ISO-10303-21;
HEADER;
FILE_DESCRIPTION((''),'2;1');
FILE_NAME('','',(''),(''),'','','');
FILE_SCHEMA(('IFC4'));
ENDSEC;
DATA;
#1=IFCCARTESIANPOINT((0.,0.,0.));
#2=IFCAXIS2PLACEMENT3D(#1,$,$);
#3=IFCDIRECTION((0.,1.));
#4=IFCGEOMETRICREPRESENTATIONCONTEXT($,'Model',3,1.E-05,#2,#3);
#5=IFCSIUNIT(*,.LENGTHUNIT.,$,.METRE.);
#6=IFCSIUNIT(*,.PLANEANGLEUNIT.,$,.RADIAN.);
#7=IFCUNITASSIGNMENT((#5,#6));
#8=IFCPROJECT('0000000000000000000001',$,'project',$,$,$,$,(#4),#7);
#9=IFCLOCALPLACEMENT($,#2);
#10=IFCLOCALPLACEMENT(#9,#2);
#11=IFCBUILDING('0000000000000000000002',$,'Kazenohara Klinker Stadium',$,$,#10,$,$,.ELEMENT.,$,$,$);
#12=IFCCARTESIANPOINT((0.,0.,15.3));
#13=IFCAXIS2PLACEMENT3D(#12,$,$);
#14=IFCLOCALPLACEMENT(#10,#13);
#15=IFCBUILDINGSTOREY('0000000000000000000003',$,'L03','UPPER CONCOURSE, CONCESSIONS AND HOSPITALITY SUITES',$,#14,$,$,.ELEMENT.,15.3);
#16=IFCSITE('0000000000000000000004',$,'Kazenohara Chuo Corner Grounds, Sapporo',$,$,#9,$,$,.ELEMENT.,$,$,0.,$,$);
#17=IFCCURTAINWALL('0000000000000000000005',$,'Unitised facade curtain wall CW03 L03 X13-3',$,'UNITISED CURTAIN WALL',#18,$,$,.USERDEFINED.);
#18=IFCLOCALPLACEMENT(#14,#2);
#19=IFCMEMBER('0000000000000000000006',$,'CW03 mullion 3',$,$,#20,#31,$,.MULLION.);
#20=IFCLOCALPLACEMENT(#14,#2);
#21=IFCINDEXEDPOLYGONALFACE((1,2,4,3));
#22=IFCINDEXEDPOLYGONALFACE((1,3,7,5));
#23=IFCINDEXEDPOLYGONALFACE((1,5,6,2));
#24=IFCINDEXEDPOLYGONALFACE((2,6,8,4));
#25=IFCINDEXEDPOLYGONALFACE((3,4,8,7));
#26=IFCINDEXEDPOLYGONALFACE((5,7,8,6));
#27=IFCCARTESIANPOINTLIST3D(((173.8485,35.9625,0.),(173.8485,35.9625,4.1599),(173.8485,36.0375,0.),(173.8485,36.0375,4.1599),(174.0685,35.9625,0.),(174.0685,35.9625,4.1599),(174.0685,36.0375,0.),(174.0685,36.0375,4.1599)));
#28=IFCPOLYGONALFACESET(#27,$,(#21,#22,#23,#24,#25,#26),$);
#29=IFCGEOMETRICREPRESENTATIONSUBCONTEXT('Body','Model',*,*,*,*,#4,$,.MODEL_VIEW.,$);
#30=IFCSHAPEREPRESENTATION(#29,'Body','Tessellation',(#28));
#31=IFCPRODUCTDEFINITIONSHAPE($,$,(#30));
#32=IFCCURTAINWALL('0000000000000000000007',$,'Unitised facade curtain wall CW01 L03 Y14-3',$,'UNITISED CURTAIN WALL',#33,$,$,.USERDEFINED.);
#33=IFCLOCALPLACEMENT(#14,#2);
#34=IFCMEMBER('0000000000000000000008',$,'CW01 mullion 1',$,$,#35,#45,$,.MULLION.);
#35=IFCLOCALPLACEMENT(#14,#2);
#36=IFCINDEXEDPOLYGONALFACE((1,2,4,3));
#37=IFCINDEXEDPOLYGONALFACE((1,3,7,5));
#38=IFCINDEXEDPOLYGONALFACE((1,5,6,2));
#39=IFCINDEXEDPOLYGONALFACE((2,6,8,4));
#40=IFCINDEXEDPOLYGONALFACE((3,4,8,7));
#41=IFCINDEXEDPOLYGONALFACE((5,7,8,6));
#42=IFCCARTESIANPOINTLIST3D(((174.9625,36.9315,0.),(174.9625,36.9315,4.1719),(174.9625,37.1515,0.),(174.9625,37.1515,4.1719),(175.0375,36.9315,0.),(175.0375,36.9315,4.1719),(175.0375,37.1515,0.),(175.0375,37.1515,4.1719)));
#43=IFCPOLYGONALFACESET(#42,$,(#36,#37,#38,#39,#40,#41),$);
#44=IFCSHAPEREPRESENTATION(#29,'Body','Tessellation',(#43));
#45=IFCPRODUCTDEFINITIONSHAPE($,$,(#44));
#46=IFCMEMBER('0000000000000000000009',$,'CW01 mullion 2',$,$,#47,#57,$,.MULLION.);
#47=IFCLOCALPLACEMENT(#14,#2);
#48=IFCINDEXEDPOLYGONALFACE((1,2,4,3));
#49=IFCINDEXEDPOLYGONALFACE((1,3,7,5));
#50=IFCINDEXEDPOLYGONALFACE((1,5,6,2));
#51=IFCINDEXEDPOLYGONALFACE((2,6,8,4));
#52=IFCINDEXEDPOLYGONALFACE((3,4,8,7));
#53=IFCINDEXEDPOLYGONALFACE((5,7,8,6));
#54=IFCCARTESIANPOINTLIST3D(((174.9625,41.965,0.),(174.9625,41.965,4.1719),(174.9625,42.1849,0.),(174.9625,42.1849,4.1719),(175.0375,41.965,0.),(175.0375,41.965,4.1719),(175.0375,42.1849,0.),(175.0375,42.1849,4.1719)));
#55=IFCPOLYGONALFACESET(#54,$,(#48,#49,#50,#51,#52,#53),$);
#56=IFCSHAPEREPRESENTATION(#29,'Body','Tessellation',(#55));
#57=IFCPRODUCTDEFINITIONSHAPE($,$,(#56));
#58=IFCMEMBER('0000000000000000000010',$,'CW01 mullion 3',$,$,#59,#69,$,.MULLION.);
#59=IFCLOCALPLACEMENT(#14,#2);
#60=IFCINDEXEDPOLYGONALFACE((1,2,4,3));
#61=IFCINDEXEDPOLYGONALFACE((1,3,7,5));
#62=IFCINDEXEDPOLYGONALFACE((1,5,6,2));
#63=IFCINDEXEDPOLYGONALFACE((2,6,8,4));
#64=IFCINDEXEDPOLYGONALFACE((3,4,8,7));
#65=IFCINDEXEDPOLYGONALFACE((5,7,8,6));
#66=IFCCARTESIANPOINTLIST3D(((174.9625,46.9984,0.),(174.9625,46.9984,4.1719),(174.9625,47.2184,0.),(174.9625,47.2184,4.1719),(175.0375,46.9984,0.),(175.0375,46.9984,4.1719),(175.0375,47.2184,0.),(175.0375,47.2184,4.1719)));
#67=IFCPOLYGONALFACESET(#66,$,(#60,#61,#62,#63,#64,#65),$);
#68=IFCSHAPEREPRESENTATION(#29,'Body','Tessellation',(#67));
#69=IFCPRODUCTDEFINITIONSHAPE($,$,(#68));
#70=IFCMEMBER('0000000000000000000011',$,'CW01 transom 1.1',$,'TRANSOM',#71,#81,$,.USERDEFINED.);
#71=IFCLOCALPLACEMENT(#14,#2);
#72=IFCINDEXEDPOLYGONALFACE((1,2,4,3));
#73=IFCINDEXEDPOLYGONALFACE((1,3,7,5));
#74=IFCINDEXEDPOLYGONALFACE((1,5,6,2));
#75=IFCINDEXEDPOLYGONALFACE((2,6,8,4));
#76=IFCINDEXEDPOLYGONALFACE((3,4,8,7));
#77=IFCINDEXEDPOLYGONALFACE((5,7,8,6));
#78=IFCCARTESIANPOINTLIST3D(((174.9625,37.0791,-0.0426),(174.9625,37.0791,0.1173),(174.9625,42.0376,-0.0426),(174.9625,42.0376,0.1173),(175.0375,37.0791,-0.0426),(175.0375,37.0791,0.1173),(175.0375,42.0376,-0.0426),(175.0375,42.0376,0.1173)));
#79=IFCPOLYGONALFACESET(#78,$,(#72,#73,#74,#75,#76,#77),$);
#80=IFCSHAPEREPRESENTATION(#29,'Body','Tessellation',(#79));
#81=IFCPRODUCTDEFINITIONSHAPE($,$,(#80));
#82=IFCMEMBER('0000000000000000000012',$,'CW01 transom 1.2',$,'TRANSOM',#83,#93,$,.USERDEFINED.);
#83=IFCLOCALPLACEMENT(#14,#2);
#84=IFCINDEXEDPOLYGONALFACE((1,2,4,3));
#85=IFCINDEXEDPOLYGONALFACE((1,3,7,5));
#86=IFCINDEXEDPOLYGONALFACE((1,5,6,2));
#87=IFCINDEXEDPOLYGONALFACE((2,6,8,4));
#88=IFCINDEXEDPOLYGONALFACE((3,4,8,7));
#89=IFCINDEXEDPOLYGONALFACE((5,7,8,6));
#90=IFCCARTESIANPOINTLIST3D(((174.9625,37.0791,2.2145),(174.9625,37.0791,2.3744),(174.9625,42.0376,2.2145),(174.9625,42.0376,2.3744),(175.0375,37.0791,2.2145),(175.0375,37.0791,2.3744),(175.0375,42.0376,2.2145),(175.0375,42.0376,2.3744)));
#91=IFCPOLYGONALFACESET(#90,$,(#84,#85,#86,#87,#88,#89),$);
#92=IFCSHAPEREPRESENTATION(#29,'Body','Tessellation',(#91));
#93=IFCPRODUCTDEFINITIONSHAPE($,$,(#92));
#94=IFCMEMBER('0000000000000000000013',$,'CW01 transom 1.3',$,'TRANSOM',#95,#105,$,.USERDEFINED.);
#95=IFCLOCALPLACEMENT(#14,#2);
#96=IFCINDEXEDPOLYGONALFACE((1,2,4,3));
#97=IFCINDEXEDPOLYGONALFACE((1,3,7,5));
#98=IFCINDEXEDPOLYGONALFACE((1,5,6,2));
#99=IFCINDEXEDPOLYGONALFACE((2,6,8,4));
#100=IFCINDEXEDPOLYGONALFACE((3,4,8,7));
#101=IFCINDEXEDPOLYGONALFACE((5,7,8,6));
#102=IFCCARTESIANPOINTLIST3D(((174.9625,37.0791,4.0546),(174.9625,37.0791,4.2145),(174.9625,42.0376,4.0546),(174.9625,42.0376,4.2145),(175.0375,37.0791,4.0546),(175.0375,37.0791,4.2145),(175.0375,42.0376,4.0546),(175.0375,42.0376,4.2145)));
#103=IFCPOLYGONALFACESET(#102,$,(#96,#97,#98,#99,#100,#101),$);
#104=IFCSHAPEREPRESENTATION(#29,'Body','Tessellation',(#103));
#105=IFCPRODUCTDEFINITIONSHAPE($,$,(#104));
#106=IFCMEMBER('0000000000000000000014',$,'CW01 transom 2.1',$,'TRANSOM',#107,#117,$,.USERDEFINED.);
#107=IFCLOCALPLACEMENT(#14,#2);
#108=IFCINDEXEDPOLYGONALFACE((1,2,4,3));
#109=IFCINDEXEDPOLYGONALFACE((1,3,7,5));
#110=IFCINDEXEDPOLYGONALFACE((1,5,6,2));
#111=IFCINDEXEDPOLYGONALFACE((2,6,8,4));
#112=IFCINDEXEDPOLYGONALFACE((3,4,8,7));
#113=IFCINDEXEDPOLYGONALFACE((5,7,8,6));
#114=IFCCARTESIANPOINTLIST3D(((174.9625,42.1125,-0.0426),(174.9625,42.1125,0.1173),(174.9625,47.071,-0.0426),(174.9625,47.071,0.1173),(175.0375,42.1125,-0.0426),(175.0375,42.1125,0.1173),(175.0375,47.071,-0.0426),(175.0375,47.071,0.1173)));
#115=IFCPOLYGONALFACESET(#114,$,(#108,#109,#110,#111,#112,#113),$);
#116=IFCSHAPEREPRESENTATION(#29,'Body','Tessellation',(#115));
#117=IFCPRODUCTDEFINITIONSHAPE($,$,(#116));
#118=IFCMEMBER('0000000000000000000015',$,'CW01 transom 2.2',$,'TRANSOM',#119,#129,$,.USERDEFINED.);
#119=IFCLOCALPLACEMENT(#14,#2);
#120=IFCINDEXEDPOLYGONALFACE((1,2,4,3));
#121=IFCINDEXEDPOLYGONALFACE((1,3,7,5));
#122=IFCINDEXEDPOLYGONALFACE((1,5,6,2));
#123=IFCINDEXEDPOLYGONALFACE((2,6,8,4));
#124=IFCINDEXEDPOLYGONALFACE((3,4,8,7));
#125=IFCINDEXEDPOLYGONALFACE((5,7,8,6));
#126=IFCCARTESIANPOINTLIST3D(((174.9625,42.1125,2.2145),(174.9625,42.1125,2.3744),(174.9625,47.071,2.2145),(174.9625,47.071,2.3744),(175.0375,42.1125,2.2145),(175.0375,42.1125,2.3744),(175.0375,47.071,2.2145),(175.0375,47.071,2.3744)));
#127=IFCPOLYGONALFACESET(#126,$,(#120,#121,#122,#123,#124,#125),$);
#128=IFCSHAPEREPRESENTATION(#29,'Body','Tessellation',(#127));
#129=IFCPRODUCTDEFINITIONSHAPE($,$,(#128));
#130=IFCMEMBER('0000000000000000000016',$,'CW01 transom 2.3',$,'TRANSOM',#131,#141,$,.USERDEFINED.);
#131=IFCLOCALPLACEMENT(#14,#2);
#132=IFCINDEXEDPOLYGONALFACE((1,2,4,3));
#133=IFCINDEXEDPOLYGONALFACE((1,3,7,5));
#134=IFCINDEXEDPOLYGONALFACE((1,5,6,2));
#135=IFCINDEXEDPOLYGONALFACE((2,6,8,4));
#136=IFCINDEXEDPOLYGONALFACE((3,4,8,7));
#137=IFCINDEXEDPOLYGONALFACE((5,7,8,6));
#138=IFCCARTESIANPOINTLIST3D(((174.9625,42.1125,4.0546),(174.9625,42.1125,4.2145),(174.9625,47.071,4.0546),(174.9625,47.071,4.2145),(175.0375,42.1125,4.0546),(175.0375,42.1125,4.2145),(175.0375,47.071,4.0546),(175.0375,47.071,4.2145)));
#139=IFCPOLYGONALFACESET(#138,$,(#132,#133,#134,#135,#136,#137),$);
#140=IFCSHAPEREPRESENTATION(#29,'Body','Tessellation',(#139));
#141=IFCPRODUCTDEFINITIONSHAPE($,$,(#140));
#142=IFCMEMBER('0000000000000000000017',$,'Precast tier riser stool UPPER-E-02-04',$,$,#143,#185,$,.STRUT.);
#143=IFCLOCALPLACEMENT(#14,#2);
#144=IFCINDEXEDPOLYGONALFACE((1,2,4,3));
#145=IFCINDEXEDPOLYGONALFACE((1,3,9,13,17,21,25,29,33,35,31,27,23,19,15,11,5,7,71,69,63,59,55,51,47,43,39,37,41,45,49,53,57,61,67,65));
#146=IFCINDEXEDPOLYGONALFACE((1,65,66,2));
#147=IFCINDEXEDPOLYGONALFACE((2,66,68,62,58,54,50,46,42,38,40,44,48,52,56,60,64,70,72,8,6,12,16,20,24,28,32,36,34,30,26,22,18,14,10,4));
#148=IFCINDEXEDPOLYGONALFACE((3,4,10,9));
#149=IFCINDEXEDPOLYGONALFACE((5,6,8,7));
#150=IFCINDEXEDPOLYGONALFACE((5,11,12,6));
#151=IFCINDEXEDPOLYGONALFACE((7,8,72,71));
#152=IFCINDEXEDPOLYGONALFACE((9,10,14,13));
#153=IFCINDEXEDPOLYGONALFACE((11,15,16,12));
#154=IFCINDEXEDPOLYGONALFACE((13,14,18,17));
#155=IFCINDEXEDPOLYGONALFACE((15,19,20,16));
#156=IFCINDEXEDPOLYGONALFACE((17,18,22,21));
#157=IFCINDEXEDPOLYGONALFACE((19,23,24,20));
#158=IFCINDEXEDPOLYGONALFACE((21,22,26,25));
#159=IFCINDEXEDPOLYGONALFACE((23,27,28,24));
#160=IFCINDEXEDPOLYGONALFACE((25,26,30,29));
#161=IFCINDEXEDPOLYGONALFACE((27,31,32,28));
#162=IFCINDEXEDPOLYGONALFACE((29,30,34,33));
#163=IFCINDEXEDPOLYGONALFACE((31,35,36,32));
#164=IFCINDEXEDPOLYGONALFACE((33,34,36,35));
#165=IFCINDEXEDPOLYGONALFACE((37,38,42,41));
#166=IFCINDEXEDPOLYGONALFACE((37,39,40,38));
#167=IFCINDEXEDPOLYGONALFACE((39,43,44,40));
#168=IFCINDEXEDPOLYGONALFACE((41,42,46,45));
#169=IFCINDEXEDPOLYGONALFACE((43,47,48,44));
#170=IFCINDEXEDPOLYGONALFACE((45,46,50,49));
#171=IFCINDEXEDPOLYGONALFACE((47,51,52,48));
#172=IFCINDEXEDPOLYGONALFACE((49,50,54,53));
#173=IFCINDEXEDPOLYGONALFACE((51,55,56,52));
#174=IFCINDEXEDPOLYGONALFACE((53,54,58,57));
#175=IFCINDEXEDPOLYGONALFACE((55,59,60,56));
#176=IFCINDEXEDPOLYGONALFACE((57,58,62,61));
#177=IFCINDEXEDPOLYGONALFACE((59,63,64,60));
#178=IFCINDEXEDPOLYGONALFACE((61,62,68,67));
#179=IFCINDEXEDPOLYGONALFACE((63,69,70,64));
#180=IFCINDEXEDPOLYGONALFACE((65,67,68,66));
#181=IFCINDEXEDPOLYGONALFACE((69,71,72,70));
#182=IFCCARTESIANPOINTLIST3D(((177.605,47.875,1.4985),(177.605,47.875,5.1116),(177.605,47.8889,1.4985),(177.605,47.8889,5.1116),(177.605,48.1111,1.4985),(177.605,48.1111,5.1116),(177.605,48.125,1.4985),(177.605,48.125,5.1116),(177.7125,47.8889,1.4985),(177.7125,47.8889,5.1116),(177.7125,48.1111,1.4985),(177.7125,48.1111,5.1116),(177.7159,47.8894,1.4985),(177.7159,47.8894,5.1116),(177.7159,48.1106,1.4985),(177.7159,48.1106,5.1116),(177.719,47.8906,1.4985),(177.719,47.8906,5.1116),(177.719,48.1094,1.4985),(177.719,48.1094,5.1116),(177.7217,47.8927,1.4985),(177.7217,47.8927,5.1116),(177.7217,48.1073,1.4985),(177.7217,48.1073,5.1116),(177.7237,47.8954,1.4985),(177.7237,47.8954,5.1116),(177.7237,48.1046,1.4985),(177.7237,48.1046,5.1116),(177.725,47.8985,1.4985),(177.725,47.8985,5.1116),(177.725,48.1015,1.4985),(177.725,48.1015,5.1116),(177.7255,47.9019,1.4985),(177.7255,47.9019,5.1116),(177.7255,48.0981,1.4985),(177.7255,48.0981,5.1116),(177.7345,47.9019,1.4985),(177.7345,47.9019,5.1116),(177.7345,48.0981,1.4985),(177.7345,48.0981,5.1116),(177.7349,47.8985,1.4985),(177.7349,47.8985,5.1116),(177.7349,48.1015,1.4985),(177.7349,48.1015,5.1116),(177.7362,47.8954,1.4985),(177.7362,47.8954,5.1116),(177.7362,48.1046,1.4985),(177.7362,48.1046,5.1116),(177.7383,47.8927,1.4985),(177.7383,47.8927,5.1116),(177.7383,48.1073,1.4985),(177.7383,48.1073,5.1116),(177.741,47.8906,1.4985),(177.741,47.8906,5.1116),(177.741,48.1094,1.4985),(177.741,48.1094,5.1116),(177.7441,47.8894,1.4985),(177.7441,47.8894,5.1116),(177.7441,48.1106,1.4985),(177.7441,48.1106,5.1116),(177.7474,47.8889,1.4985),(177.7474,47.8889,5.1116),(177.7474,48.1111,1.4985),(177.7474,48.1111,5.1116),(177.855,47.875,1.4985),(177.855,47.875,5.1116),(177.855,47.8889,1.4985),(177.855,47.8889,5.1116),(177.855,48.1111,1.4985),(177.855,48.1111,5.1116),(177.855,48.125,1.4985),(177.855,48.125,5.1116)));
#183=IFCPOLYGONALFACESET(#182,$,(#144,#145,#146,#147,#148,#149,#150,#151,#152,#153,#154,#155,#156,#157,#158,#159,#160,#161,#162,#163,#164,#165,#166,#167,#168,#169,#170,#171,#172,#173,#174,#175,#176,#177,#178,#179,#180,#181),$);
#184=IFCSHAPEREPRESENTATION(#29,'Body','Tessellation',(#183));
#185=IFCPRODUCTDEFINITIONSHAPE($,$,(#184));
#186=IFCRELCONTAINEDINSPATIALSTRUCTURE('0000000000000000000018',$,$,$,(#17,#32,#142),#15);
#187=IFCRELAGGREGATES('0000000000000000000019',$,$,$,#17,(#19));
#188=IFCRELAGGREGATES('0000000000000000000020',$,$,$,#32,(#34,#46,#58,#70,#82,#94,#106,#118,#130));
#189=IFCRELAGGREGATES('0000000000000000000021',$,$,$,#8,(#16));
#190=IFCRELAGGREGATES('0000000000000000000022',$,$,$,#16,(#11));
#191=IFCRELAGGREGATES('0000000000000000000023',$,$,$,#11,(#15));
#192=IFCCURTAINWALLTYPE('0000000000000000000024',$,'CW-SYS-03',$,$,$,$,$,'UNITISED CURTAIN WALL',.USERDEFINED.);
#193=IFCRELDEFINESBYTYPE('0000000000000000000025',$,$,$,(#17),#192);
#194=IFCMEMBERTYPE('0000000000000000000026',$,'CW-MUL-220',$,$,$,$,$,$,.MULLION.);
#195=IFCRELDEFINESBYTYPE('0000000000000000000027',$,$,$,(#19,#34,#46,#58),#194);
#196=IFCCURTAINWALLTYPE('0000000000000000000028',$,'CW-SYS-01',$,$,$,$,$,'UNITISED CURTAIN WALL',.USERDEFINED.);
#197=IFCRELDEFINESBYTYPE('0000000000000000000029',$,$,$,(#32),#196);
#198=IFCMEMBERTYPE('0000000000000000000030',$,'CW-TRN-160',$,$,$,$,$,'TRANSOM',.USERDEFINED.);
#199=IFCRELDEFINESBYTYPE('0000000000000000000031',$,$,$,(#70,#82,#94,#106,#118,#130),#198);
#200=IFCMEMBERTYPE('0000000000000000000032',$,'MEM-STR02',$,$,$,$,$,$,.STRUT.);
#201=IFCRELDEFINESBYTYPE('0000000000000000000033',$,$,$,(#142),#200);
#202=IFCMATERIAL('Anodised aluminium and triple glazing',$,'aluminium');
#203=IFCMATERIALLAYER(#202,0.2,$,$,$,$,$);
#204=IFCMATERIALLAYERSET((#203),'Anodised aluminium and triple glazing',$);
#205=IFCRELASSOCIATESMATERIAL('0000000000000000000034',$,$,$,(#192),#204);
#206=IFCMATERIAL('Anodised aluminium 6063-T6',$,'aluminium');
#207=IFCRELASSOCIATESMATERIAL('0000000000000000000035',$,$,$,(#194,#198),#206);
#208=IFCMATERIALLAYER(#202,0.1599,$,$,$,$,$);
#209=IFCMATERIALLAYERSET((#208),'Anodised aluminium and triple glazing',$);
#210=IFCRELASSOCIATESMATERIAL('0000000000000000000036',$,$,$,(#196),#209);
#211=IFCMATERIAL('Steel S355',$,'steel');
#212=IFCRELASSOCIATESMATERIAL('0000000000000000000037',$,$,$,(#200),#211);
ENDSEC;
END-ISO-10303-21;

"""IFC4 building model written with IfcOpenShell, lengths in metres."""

from ifc_helpers import new_model, si_unit, direction, frame, origin, origin_2d, place, context, subcontext, project, spatial, rectangle, i_section, extrude, material, layer, layer_set, material_profile, profile_set, type_object, element, aggregate, save


model = new_model("IFC4")

# Units and contexts
model_context = context("Model", 3, precision=1e-05, world=origin(), true_north=direction((0.0, 1.0)))
body_context = subcontext(model_context, "Body", "Model", "MODEL_VIEW")
ifc_project = project(units=[si_unit("LENGTHUNIT", "METRE"), si_unit("PLANEANGLEUNIT", "RADIAN")], contexts=[model_context])

# Site, building, storey
site_placement = place(None, origin())
site = spatial("IfcSite", under=ifc_project, at=site_placement, Name="Kazenohara Chuo Corner Grounds, Sapporo", CompositionType="ELEMENT", RefElevation=0.0)
building_placement = place(site_placement, origin())
building = spatial("IfcBuilding", under=site, at=building_placement, Name="Kazenohara Klinker Stadium", CompositionType="ELEMENT")
storey_placement = place(building_placement, frame((0.0, 0.0, 15.3)))
storey = spatial("IfcBuildingStorey", under=building, at=storey_placement, Name="L03", Description="UPPER CONCOURSE, CONCESSIONS AND HOSPITALITY SUITES", CompositionType="ELEMENT", Elevation=15.3)

# Shared definitions
ifc_material_1 = material(Name="Steel S355", Category="steel")

# Curtain wall, member
ifc_material_2 = material(Name="Anodised aluminium and triple glazing", Category="aluminium")
ifc_layer_1 = layer(ifc_material_2, 0.2)
ifc_layer_set_1 = layer_set([ifc_layer_1], Name="Anodised aluminium and triple glazing")
curtain_wall_type_1 = type_object("IfcCurtainWallType", Name="CW-SYS-03", ElementType="UNITISED CURTAIN WALL", PredefinedType="USERDEFINED", material=ifc_layer_set_1)
curtain_wall_1_placement = place(storey_placement, origin())
curtain_wall_1 = element("IfcCurtainWall", 1, at=curtain_wall_1_placement, inside=storey, type_object=curtain_wall_type_1, Name="Unitised facade curtain wall CW03 L03 X13-3", ObjectType="UNITISED CURTAIN WALL", PredefinedType="USERDEFINED")
ifc_material_3 = material(Name="Anodised aluminium 6063-T6", Category="aluminium")
ifc_material_profile_1 = material_profile(ifc_material_3, rectangle(XDim=0.075, YDim=0.22, at=origin_2d()), Name="ALU-MUL-75x220")
ifc_profile_set_1 = profile_set([ifc_material_profile_1], Name="Anodised aluminium 6063-T6")
member_type_1 = type_object("IfcMemberType", Name="CW-MUL-220", PredefinedType="MULLION", material=ifc_profile_set_1)
member_1_placement = place(storey_placement, frame((173.9585, 36.0, 0.0), z_axis=(0.0, 0.0, 1.0), x_axis=(0.0, 1.0, 0.0)))
member_1 = element("IfcMember", 2, at=member_1_placement, type_object=member_type_1, Name="CW03 mullion 3", PredefinedType="MULLION", context=body_context, shape_type="SweptSolid", body=[
    extrude(rectangle(XDim=0.075, YDim=0.22, at=origin_2d()), origin(), (0.0, 0.0, 1.0), 4.1599),
])
aggregate(curtain_wall_1, [member_1])

# Curtain wall, members
ifc_layer_2 = layer(ifc_material_2, 0.1599)
ifc_layer_set_2 = layer_set([ifc_layer_2], Name="Anodised aluminium and triple glazing")
curtain_wall_type_2 = type_object("IfcCurtainWallType", Name="CW-SYS-01", ElementType="UNITISED CURTAIN WALL", PredefinedType="USERDEFINED", material=ifc_layer_set_2)
curtain_wall_2_placement = place(storey_placement, origin())
curtain_wall_2 = element("IfcCurtainWall", 3, at=curtain_wall_2_placement, inside=storey, type_object=curtain_wall_type_2, Name="Unitised facade curtain wall CW01 L03 Y14-3", ObjectType="UNITISED CURTAIN WALL", PredefinedType="USERDEFINED")
member_2_placement = place(storey_placement, frame((175.0, 37.0415, 0.0), z_axis=(0.0, 0.0, 1.0), x_axis=(-1.0, 0.0, 0.0)))
member_2 = element("IfcMember", 4, at=member_2_placement, type_object=member_type_1, Name="CW01 mullion 1", PredefinedType="MULLION", context=body_context, shape_type="SweptSolid", body=[
    extrude(rectangle(XDim=0.075, YDim=0.22, at=origin_2d()), origin(), (0.0, 0.0, 1.0), 4.1719),
])
member_3_placement = place(storey_placement, frame((175.0, 42.075, 0.0), z_axis=(0.0, 0.0, 1.0), x_axis=(-1.0, 0.0, 0.0)))
member_3 = element("IfcMember", 5, at=member_3_placement, type_object=member_type_1, Name="CW01 mullion 2", PredefinedType="MULLION", context=body_context, shape_type="SweptSolid", body=[
    extrude(rectangle(XDim=0.075, YDim=0.22, at=origin_2d()), origin(), (0.0, 0.0, 1.0), 4.1719),
])
member_4_placement = place(storey_placement, frame((175.0, 47.1084, 0.0), z_axis=(0.0, 0.0, 1.0), x_axis=(-1.0, 0.0, 0.0)))
member_4 = element("IfcMember", 6, at=member_4_placement, type_object=member_type_1, Name="CW01 mullion 3", PredefinedType="MULLION", context=body_context, shape_type="SweptSolid", body=[
    extrude(rectangle(XDim=0.075, YDim=0.22, at=origin_2d()), origin(), (0.0, 0.0, 1.0), 4.1719),
])
ifc_material_profile_2 = material_profile(ifc_material_3, rectangle(XDim=0.075, YDim=0.1599, at=origin_2d()), Name="ALU-TRN-75x160")
ifc_profile_set_2 = profile_set([ifc_material_profile_2], Name="Anodised aluminium 6063-T6")
member_type_2 = type_object("IfcMemberType", Name="CW-TRN-160", ElementType="TRANSOM", PredefinedType="USERDEFINED", material=ifc_profile_set_2)
member_5_placement = place(storey_placement, frame((175.0, 37.0791, 0.0374), z_axis=(0.0, 1.0, 0.0), x_axis=(-1.0, 0.0, 0.0)))
member_5 = element("IfcMember", 7, at=member_5_placement, type_object=member_type_2, Name="CW01 transom 1.1", ObjectType="TRANSOM", PredefinedType="USERDEFINED", context=body_context, shape_type="SweptSolid", body=[
    extrude(rectangle(XDim=0.075, YDim=0.1599, at=origin_2d()), origin(), (0.0, 0.0, 1.0), 4.9585),
])
member_6_placement = place(storey_placement, frame((175.0, 37.0791, 2.2944), z_axis=(0.0, 1.0, 0.0), x_axis=(-1.0, 0.0, 0.0)))
member_6 = element("IfcMember", 8, at=member_6_placement, type_object=member_type_2, Name="CW01 transom 1.2", ObjectType="TRANSOM", PredefinedType="USERDEFINED", context=body_context, shape_type="SweptSolid", body=[
    extrude(rectangle(XDim=0.075, YDim=0.1599, at=origin_2d()), origin(), (0.0, 0.0, 1.0), 4.9585),
])
member_7_placement = place(storey_placement, frame((175.0, 37.0791, 4.1345), z_axis=(0.0, 1.0, 0.0), x_axis=(-1.0, 0.0, 0.0)))
member_7 = element("IfcMember", 9, at=member_7_placement, type_object=member_type_2, Name="CW01 transom 1.3", ObjectType="TRANSOM", PredefinedType="USERDEFINED", context=body_context, shape_type="SweptSolid", body=[
    extrude(rectangle(XDim=0.075, YDim=0.1599, at=origin_2d()), origin(), (0.0, 0.0, 1.0), 4.9585),
])
member_8_placement = place(storey_placement, frame((175.0, 42.1125, 0.0374), z_axis=(0.0, 1.0, 0.0), x_axis=(-1.0, 0.0, 0.0)))
member_8 = element("IfcMember", 10, at=member_8_placement, type_object=member_type_2, Name="CW01 transom 2.1", ObjectType="TRANSOM", PredefinedType="USERDEFINED", context=body_context, shape_type="SweptSolid", body=[
    extrude(rectangle(XDim=0.075, YDim=0.1599, at=origin_2d()), origin(), (0.0, 0.0, 1.0), 4.9585),
])
member_9_placement = place(storey_placement, frame((175.0, 42.1125, 2.2944), z_axis=(0.0, 1.0, 0.0), x_axis=(-1.0, 0.0, 0.0)))
member_9 = element("IfcMember", 11, at=member_9_placement, type_object=member_type_2, Name="CW01 transom 2.2", ObjectType="TRANSOM", PredefinedType="USERDEFINED", context=body_context, shape_type="SweptSolid", body=[
    extrude(rectangle(XDim=0.075, YDim=0.1599, at=origin_2d()), origin(), (0.0, 0.0, 1.0), 4.9585),
])
member_10_placement = place(storey_placement, frame((175.0, 42.1125, 4.1345), z_axis=(0.0, 1.0, 0.0), x_axis=(-1.0, 0.0, 0.0)))
member_10 = element("IfcMember", 12, at=member_10_placement, type_object=member_type_2, Name="CW01 transom 2.3", ObjectType="TRANSOM", PredefinedType="USERDEFINED", context=body_context, shape_type="SweptSolid", body=[
    extrude(rectangle(XDim=0.075, YDim=0.1599, at=origin_2d()), origin(), (0.0, 0.0, 1.0), 4.9585),
])

# Member
ifc_material_profile_3 = material_profile(ifc_material_1, i_section(OverallWidth=0.25, OverallDepth=0.25, WebThickness=0.009, FlangeThickness=0.0139, FilletRadius=0.0129, at=origin_2d()), Name="H-250x250x9x14")
ifc_profile_set_3 = profile_set([ifc_material_profile_3], Name="Steel S355")
member_type_3 = type_object("IfcMemberType", Name="MEM-STR02", PredefinedType="STRUT", material=ifc_profile_set_3)
member_11_placement = place(storey_placement, frame((177.73, 48.0, 1.4985), z_axis=(0.0, 0.0, 1.0), x_axis=(1.0, 0.0, 0.0)))
element("IfcMember", 13, at=member_11_placement, inside=storey, type_object=member_type_3, Name="Precast tier riser stool UPPER-E-02-04", PredefinedType="STRUT", context=body_context, shape_type="SweptSolid", body=[
    extrude(i_section(OverallWidth=0.25, OverallDepth=0.25, WebThickness=0.009, FlangeThickness=0.0139, FilletRadius=0.0129, at=origin_2d()), origin(), (0.0, 0.0, 1.0), 3.613),
])

aggregate(curtain_wall_2, [member_2, member_3, member_4, member_5, member_6, member_7, member_8, member_9, member_10])

save(model, "model.ifc")
